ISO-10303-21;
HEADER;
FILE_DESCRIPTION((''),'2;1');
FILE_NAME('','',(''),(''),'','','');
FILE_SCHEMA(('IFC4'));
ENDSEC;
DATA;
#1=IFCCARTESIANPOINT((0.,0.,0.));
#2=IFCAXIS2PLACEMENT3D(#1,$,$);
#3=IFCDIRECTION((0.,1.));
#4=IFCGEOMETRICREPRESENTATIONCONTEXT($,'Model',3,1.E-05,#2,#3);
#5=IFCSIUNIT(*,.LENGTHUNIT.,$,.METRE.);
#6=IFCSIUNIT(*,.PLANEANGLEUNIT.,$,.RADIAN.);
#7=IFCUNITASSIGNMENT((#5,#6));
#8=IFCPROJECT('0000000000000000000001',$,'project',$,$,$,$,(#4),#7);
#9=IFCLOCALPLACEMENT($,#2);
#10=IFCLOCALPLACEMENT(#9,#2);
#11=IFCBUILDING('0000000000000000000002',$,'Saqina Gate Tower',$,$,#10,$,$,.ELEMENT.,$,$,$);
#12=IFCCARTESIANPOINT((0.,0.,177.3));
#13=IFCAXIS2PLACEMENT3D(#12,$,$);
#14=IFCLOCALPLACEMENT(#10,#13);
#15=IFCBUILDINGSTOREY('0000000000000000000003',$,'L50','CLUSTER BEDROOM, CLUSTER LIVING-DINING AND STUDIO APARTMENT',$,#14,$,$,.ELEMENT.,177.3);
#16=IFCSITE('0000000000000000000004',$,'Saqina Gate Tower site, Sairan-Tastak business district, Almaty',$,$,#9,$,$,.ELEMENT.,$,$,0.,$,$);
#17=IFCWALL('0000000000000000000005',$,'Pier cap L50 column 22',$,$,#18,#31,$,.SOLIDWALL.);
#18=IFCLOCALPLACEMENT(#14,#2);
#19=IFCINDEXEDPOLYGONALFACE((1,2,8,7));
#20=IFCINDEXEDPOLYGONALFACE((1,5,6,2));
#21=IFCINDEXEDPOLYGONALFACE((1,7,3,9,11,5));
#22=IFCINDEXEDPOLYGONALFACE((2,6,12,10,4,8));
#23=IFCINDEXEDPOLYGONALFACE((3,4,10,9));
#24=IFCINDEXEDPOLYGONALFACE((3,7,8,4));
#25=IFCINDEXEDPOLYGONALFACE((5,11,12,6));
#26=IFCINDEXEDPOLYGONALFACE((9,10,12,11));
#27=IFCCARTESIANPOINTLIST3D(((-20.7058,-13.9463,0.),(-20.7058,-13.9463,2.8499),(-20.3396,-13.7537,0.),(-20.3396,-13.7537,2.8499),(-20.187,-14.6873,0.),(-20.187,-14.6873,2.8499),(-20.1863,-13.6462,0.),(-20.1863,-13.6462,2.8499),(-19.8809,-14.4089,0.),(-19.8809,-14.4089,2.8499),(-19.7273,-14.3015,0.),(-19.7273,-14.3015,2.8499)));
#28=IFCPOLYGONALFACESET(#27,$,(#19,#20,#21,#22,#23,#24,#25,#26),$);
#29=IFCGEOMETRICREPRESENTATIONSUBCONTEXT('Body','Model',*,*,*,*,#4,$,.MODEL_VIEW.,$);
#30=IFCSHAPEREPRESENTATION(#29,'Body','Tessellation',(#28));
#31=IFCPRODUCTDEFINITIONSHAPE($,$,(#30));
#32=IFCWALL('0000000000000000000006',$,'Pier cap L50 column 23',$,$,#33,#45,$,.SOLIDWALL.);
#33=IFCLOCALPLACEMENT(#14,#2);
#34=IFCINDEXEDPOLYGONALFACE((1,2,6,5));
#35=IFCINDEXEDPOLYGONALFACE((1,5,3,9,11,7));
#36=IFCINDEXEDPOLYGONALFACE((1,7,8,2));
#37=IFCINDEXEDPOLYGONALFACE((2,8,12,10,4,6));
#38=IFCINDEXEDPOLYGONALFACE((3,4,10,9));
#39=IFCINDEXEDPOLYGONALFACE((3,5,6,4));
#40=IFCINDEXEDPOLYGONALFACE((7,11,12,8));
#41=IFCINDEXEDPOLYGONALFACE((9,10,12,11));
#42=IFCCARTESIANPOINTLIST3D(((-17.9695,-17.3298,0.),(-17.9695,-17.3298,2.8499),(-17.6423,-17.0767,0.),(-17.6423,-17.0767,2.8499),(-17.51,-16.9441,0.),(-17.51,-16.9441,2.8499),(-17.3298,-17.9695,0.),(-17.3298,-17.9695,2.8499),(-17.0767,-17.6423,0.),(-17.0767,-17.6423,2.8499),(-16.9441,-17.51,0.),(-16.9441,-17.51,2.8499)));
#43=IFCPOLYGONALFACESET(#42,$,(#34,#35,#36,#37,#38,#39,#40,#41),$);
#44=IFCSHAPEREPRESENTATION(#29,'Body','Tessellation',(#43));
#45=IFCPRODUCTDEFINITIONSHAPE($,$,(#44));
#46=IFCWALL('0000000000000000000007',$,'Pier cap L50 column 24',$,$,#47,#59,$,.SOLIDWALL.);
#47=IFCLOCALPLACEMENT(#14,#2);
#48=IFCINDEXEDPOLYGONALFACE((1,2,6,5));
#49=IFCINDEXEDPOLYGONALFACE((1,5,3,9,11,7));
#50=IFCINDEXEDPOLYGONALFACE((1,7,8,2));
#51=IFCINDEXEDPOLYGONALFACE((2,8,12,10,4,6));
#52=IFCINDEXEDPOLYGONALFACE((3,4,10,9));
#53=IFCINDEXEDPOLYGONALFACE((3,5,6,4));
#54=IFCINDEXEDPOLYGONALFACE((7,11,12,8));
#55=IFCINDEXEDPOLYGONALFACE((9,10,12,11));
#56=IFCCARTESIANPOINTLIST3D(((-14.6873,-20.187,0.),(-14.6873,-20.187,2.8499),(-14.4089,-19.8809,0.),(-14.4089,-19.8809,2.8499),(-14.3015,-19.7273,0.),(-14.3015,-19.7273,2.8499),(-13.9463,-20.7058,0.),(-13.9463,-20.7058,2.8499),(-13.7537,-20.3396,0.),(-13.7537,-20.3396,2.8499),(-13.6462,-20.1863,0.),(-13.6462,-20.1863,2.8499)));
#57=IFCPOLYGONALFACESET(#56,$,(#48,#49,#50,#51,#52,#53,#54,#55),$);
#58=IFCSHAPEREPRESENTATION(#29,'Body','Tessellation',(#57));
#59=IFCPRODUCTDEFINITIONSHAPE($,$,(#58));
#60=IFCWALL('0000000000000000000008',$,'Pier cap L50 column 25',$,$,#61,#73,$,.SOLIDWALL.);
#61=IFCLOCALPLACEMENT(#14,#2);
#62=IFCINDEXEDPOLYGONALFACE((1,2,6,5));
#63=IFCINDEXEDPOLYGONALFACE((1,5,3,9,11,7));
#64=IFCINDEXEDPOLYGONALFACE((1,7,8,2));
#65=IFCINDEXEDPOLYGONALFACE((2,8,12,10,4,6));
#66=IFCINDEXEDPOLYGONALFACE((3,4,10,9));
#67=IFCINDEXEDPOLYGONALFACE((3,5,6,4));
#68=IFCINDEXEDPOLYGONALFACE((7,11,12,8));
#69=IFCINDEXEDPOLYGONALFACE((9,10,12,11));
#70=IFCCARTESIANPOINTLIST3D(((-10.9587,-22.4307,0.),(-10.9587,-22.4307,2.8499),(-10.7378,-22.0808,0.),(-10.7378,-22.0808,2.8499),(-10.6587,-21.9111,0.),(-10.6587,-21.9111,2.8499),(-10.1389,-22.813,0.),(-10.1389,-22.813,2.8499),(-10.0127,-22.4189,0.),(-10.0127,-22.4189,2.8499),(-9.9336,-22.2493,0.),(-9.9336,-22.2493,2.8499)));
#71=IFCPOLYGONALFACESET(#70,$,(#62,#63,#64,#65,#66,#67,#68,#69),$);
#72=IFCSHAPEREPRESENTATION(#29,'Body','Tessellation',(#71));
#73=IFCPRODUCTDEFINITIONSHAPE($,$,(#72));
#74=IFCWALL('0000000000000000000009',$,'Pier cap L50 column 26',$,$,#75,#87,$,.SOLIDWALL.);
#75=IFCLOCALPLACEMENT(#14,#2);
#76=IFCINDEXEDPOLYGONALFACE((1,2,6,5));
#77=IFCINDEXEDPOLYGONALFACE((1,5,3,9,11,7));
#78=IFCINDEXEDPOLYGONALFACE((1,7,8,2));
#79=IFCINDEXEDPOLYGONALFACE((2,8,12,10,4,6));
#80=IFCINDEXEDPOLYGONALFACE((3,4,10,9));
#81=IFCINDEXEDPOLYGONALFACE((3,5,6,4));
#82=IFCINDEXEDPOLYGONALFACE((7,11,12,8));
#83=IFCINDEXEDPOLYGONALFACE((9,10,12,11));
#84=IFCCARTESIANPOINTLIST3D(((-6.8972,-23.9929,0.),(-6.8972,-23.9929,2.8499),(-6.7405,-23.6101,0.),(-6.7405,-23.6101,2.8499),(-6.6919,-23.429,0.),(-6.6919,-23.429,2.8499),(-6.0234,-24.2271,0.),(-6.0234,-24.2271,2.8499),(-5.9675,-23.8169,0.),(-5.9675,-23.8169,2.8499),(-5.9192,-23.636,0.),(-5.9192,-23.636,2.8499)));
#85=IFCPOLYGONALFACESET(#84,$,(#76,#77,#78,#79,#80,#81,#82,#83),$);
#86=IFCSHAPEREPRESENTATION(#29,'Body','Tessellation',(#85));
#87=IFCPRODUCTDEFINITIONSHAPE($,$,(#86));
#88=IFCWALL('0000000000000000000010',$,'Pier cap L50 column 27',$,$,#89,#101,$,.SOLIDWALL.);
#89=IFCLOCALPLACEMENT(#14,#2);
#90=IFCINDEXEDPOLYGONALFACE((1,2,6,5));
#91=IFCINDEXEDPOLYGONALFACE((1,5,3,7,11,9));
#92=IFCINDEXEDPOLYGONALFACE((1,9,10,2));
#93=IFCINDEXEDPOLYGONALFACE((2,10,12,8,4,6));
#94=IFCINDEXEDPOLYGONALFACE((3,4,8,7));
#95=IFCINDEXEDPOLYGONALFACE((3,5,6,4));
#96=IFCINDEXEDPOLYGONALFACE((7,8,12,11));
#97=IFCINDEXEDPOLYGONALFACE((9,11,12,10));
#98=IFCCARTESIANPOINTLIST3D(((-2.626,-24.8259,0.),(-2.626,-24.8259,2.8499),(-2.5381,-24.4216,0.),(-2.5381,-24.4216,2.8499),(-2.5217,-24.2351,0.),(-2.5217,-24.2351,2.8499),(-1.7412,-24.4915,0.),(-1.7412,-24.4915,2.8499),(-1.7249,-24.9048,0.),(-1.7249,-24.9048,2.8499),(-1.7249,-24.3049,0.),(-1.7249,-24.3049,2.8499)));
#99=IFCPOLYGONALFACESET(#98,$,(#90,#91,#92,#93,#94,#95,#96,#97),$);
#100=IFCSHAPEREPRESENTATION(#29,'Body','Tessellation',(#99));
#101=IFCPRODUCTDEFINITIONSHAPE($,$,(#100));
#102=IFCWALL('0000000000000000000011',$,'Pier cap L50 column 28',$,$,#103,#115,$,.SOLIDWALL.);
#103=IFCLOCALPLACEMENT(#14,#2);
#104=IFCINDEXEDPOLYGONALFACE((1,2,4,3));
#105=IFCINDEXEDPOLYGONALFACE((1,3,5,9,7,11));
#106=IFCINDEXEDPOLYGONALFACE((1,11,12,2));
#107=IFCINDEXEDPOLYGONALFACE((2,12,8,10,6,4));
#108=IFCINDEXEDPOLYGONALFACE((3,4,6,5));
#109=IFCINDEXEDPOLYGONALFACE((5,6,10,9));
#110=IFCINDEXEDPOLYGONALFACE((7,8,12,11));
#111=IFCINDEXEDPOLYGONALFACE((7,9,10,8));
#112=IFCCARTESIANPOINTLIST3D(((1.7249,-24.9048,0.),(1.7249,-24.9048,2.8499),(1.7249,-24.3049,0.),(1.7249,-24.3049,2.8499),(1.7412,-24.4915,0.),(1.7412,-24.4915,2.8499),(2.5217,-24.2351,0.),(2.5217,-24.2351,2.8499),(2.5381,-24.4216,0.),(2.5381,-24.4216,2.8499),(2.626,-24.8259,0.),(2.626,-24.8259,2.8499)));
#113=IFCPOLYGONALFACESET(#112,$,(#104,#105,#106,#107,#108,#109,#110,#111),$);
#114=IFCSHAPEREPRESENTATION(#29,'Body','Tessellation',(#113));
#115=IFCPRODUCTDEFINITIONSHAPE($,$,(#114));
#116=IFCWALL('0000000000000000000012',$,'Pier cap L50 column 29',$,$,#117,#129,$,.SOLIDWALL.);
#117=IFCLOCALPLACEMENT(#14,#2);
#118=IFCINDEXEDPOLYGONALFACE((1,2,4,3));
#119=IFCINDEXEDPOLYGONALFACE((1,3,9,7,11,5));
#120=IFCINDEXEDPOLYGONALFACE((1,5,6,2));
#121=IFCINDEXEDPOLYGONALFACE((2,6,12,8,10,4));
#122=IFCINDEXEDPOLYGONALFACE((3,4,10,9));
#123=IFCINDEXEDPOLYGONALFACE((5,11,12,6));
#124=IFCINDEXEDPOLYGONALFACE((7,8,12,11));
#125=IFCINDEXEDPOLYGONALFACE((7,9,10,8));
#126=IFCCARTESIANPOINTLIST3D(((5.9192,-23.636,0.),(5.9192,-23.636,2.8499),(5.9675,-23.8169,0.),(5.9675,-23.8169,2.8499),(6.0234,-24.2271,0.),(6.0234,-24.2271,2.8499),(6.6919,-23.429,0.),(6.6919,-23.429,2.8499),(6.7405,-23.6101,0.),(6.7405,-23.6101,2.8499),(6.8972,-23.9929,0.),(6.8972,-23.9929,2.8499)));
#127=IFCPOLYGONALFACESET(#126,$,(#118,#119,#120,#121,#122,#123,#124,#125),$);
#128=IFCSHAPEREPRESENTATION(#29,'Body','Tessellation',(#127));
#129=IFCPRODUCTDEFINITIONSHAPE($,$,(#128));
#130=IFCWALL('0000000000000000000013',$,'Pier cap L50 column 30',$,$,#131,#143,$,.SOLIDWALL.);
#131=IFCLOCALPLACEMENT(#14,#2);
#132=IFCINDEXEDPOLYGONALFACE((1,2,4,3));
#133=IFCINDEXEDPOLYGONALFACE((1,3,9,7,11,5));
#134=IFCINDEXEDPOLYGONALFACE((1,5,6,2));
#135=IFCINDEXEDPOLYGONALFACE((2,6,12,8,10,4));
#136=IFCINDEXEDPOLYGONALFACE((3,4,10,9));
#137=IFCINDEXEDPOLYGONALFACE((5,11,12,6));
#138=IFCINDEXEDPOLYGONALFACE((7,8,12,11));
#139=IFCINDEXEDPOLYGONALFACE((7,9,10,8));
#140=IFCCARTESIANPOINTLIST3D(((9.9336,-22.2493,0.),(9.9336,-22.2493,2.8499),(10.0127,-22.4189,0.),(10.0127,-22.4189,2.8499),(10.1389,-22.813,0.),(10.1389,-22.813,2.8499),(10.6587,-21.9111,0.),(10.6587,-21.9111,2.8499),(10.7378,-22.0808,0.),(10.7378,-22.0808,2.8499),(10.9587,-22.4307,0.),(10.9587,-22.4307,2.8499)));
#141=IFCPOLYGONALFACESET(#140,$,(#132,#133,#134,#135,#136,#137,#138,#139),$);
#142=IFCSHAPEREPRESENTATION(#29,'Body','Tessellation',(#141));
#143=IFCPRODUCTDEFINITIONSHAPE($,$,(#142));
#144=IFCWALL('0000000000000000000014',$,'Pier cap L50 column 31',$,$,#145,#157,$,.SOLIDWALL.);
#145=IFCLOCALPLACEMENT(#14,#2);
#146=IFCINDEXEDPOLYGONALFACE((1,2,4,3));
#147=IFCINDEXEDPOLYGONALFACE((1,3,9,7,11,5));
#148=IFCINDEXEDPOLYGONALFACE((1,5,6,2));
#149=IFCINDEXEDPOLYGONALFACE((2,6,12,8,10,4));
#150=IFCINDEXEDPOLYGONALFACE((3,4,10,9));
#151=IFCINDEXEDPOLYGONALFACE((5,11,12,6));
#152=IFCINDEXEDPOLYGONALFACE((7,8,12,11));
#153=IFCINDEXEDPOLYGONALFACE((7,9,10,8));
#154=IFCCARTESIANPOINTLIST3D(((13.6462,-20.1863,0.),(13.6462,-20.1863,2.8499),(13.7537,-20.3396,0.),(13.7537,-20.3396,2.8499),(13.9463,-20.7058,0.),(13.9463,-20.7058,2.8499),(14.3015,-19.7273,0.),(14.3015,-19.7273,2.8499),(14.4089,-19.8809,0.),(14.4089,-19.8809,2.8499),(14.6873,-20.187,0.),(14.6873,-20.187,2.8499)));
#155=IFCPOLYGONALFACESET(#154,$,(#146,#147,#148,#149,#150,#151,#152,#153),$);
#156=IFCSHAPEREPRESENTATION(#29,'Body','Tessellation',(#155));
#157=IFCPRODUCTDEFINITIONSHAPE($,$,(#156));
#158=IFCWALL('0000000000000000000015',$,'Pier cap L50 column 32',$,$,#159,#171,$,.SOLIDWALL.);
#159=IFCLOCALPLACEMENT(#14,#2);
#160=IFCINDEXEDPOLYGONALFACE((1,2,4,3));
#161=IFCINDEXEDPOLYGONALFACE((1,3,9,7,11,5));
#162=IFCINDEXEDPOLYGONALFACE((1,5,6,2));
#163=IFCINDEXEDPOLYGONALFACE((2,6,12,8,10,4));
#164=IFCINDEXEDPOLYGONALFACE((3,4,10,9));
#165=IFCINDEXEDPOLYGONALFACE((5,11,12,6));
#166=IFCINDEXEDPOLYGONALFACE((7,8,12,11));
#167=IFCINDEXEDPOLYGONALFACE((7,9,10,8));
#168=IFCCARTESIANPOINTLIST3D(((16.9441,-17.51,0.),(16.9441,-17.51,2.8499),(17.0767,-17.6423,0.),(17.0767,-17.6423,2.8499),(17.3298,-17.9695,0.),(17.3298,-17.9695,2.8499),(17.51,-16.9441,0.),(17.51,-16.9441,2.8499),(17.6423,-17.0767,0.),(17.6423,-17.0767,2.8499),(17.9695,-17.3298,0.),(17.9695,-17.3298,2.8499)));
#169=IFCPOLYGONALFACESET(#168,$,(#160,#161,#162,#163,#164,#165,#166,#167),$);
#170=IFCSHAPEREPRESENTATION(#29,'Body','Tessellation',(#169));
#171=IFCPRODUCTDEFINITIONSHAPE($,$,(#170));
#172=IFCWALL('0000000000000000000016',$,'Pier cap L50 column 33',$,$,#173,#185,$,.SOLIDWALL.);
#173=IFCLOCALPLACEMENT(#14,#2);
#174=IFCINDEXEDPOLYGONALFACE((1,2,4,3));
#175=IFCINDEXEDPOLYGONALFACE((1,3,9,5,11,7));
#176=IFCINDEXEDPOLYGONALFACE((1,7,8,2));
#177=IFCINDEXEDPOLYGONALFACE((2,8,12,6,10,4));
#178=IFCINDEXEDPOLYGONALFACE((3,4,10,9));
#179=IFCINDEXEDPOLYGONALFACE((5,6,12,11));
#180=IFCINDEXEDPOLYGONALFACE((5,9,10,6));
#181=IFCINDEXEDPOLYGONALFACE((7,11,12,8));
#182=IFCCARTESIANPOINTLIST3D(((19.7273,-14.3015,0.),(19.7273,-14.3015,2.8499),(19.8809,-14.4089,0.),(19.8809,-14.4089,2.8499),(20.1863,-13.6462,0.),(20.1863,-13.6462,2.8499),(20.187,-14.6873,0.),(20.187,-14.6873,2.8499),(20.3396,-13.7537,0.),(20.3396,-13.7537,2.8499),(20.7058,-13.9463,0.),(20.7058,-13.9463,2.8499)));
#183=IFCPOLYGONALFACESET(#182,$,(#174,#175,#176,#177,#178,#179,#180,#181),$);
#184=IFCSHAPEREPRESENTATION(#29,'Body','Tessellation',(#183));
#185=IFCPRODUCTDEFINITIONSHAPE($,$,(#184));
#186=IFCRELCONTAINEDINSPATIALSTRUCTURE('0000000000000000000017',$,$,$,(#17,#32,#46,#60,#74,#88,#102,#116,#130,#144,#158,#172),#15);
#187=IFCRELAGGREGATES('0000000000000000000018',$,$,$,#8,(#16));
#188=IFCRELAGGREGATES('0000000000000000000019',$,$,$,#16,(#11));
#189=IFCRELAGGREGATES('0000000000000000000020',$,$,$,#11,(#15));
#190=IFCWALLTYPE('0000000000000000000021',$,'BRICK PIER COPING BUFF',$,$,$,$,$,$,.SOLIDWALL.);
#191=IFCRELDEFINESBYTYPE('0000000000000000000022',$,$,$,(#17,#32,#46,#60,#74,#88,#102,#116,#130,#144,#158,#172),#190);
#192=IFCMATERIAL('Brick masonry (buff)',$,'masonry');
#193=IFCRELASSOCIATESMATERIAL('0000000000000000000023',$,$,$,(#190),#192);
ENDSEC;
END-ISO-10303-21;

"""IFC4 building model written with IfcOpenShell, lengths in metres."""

from ifc_helpers import new_model, si_unit, direction, frame, origin, place, context, subcontext, project, spatial, polyline, outline, extrude, material, type_object, element, save


model = new_model("IFC4")

# Units and contexts
model_context = context("Model", 3, precision=1e-05, world=origin(), true_north=direction((0.0, 1.0)))
body_context = subcontext(model_context, "Body", "Model", "MODEL_VIEW")
ifc_project = project(units=[si_unit("LENGTHUNIT", "METRE"), si_unit("PLANEANGLEUNIT", "RADIAN")], contexts=[model_context])

# Site, building, storey
site_placement = place(None, origin())
site = spatial("IfcSite", under=ifc_project, at=site_placement, Name="Saqina Gate Tower site, Sairan-Tastak business district, Almaty", CompositionType="ELEMENT", RefElevation=0.0)
building_placement = place(site_placement, origin())
building = spatial("IfcBuilding", under=site, at=building_placement, Name="Saqina Gate Tower", CompositionType="ELEMENT")
storey_placement = place(building_placement, frame((0.0, 0.0, 177.3)))
storey = spatial("IfcBuildingStorey", under=building, at=storey_placement, Name="L50", Description="CLUSTER BEDROOM, CLUSTER LIVING-DINING AND STUDIO APARTMENT", CompositionType="ELEMENT", Elevation=177.3)

# Walls
ifc_material = material(Name="Brick masonry (buff)", Category="masonry")
wall_type = type_object("IfcWallType", Name="BRICK PIER COPING BUFF", PredefinedType="SOLIDWALL", material=ifc_material)
wall_1_placement = place(storey_placement, origin())
element("IfcWall", 1, at=wall_1_placement, inside=storey, type_object=wall_type, Name="Pier cap L50 column 22", PredefinedType="SOLIDWALL", context=body_context, shape_type="SweptSolid", body=[
    extrude(outline(polyline([(-20.7058, -13.9463), (-20.187, -14.6873), (-19.7273, -14.3015), (-19.8809, -14.4089), (-20.3396, -13.7537), (-20.1863, -13.6462), (-20.7058, -13.9463)])), origin(), (0.0, 0.0, 1.0), 2.8499),
])
wall_2_placement = place(storey_placement, origin())
element("IfcWall", 2, at=wall_2_placement, inside=storey, type_object=wall_type, Name="Pier cap L50 column 23", PredefinedType="SOLIDWALL", context=body_context, shape_type="SweptSolid", body=[
    extrude(outline(polyline([(-17.3298, -17.9695), (-16.9441, -17.51), (-17.0767, -17.6423), (-17.6423, -17.0767), (-17.51, -16.9441), (-17.9695, -17.3298), (-17.3298, -17.9695)])), origin(), (0.0, 0.0, 1.0), 2.8499),
])
wall_3_placement = place(storey_placement, origin())
element("IfcWall", 3, at=wall_3_placement, inside=storey, type_object=wall_type, Name="Pier cap L50 column 24", PredefinedType="SOLIDWALL", context=body_context, shape_type="SweptSolid", body=[
    extrude(outline(polyline([(-14.6873, -20.187), (-13.9463, -20.7058), (-13.6462, -20.1863), (-13.7537, -20.3396), (-14.4089, -19.8809), (-14.3015, -19.7273), (-14.6873, -20.187)])), origin(), (0.0, 0.0, 1.0), 2.8499),
])
wall_4_placement = place(storey_placement, origin())
element("IfcWall", 4, at=wall_4_placement, inside=storey, type_object=wall_type, Name="Pier cap L50 column 25", PredefinedType="SOLIDWALL", context=body_context, shape_type="SweptSolid", body=[
    extrude(outline(polyline([(-10.1389, -22.813), (-9.9336, -22.2493), (-10.0127, -22.4189), (-10.7378, -22.0808), (-10.6587, -21.9111), (-10.9587, -22.4307), (-10.1389, -22.813)])), origin(), (0.0, 0.0, 1.0), 2.8499),
])
wall_5_placement = place(storey_placement, origin())
element("IfcWall", 5, at=wall_5_placement, inside=storey, type_object=wall_type, Name="Pier cap L50 column 26", PredefinedType="SOLIDWALL", context=body_context, shape_type="SweptSolid", body=[
    extrude(outline(polyline([(-6.0234, -24.2271), (-5.9192, -23.636), (-5.9675, -23.8169), (-6.7405, -23.6101), (-6.6919, -23.429), (-6.8972, -23.9929), (-6.0234, -24.2271)])), origin(), (0.0, 0.0, 1.0), 2.8499),
])
wall_6_placement = place(storey_placement, origin())
element("IfcWall", 6, at=wall_6_placement, inside=storey, type_object=wall_type, Name="Pier cap L50 column 27", PredefinedType="SOLIDWALL", context=body_context, shape_type="SweptSolid", body=[
    extrude(outline(polyline([(-2.626, -24.8259), (-1.7249, -24.9048), (-1.7249, -24.3049), (-1.7412, -24.4915), (-2.5381, -24.4216), (-2.5217, -24.2351), (-2.626, -24.8259)])), origin(), (0.0, 0.0, 1.0), 2.8499),
])
wall_7_placement = place(storey_placement, origin())
element("IfcWall", 7, at=wall_7_placement, inside=storey, type_object=wall_type, Name="Pier cap L50 column 28", PredefinedType="SOLIDWALL", context=body_context, shape_type="SweptSolid", body=[
    extrude(outline(polyline([(1.7249, -24.9048), (2.626, -24.8259), (2.5217, -24.2351), (2.5381, -24.4216), (1.7412, -24.4915), (1.7249, -24.3049), (1.7249, -24.9048)])), origin(), (0.0, 0.0, 1.0), 2.8499),
])
wall_8_placement = place(storey_placement, origin())
element("IfcWall", 8, at=wall_8_placement, inside=storey, type_object=wall_type, Name="Pier cap L50 column 29", PredefinedType="SOLIDWALL", context=body_context, shape_type="SweptSolid", body=[
    extrude(outline(polyline([(6.0234, -24.2271), (6.8972, -23.9929), (6.6919, -23.429), (6.7405, -23.6101), (5.9675, -23.8169), (5.9192, -23.636), (6.0234, -24.2271)])), origin(), (0.0, 0.0, 1.0), 2.8499),
])
wall_9_placement = place(storey_placement, origin())
element("IfcWall", 9, at=wall_9_placement, inside=storey, type_object=wall_type, Name="Pier cap L50 column 30", PredefinedType="SOLIDWALL", context=body_context, shape_type="SweptSolid", body=[
    extrude(outline(polyline([(10.9587, -22.4307), (10.6587, -21.9111), (10.7378, -22.0808), (10.0127, -22.4189), (9.9336, -22.2493), (10.1389, -22.813), (10.9587, -22.4307)])), origin(), (0.0, 0.0, 1.0), 2.8499),
])
wall_10_placement = place(storey_placement, origin())
element("IfcWall", 10, at=wall_10_placement, inside=storey, type_object=wall_type, Name="Pier cap L50 column 31", PredefinedType="SOLIDWALL", context=body_context, shape_type="SweptSolid", body=[
    extrude(outline(polyline([(13.9463, -20.7058), (14.6873, -20.187), (14.3015, -19.7273), (14.4089, -19.8809), (13.7537, -20.3396), (13.6462, -20.1863), (13.9463, -20.7058)])), origin(), (0.0, 0.0, 1.0), 2.8499),
])
wall_11_placement = place(storey_placement, origin())
element("IfcWall", 11, at=wall_11_placement, inside=storey, type_object=wall_type, Name="Pier cap L50 column 32", PredefinedType="SOLIDWALL", context=body_context, shape_type="SweptSolid", body=[
    extrude(outline(polyline([(17.9695, -17.3298), (17.51, -16.9441), (17.6423, -17.0767), (17.0767, -17.6423), (16.9441, -17.51), (17.3298, -17.9695), (17.9695, -17.3298)])), origin(), (0.0, 0.0, 1.0), 2.8499),
])
wall_12_placement = place(storey_placement, origin())
element("IfcWall", 12, at=wall_12_placement, inside=storey, type_object=wall_type, Name="Pier cap L50 column 33", PredefinedType="SOLIDWALL", context=body_context, shape_type="SweptSolid", body=[
    extrude(outline(polyline([(20.187, -14.6873), (20.7058, -13.9463), (20.1863, -13.6462), (20.3396, -13.7537), (19.8809, -14.4089), (19.7273, -14.3015), (20.187, -14.6873)])), origin(), (0.0, 0.0, 1.0), 2.8499),
])

save(model, "model.ifc")
